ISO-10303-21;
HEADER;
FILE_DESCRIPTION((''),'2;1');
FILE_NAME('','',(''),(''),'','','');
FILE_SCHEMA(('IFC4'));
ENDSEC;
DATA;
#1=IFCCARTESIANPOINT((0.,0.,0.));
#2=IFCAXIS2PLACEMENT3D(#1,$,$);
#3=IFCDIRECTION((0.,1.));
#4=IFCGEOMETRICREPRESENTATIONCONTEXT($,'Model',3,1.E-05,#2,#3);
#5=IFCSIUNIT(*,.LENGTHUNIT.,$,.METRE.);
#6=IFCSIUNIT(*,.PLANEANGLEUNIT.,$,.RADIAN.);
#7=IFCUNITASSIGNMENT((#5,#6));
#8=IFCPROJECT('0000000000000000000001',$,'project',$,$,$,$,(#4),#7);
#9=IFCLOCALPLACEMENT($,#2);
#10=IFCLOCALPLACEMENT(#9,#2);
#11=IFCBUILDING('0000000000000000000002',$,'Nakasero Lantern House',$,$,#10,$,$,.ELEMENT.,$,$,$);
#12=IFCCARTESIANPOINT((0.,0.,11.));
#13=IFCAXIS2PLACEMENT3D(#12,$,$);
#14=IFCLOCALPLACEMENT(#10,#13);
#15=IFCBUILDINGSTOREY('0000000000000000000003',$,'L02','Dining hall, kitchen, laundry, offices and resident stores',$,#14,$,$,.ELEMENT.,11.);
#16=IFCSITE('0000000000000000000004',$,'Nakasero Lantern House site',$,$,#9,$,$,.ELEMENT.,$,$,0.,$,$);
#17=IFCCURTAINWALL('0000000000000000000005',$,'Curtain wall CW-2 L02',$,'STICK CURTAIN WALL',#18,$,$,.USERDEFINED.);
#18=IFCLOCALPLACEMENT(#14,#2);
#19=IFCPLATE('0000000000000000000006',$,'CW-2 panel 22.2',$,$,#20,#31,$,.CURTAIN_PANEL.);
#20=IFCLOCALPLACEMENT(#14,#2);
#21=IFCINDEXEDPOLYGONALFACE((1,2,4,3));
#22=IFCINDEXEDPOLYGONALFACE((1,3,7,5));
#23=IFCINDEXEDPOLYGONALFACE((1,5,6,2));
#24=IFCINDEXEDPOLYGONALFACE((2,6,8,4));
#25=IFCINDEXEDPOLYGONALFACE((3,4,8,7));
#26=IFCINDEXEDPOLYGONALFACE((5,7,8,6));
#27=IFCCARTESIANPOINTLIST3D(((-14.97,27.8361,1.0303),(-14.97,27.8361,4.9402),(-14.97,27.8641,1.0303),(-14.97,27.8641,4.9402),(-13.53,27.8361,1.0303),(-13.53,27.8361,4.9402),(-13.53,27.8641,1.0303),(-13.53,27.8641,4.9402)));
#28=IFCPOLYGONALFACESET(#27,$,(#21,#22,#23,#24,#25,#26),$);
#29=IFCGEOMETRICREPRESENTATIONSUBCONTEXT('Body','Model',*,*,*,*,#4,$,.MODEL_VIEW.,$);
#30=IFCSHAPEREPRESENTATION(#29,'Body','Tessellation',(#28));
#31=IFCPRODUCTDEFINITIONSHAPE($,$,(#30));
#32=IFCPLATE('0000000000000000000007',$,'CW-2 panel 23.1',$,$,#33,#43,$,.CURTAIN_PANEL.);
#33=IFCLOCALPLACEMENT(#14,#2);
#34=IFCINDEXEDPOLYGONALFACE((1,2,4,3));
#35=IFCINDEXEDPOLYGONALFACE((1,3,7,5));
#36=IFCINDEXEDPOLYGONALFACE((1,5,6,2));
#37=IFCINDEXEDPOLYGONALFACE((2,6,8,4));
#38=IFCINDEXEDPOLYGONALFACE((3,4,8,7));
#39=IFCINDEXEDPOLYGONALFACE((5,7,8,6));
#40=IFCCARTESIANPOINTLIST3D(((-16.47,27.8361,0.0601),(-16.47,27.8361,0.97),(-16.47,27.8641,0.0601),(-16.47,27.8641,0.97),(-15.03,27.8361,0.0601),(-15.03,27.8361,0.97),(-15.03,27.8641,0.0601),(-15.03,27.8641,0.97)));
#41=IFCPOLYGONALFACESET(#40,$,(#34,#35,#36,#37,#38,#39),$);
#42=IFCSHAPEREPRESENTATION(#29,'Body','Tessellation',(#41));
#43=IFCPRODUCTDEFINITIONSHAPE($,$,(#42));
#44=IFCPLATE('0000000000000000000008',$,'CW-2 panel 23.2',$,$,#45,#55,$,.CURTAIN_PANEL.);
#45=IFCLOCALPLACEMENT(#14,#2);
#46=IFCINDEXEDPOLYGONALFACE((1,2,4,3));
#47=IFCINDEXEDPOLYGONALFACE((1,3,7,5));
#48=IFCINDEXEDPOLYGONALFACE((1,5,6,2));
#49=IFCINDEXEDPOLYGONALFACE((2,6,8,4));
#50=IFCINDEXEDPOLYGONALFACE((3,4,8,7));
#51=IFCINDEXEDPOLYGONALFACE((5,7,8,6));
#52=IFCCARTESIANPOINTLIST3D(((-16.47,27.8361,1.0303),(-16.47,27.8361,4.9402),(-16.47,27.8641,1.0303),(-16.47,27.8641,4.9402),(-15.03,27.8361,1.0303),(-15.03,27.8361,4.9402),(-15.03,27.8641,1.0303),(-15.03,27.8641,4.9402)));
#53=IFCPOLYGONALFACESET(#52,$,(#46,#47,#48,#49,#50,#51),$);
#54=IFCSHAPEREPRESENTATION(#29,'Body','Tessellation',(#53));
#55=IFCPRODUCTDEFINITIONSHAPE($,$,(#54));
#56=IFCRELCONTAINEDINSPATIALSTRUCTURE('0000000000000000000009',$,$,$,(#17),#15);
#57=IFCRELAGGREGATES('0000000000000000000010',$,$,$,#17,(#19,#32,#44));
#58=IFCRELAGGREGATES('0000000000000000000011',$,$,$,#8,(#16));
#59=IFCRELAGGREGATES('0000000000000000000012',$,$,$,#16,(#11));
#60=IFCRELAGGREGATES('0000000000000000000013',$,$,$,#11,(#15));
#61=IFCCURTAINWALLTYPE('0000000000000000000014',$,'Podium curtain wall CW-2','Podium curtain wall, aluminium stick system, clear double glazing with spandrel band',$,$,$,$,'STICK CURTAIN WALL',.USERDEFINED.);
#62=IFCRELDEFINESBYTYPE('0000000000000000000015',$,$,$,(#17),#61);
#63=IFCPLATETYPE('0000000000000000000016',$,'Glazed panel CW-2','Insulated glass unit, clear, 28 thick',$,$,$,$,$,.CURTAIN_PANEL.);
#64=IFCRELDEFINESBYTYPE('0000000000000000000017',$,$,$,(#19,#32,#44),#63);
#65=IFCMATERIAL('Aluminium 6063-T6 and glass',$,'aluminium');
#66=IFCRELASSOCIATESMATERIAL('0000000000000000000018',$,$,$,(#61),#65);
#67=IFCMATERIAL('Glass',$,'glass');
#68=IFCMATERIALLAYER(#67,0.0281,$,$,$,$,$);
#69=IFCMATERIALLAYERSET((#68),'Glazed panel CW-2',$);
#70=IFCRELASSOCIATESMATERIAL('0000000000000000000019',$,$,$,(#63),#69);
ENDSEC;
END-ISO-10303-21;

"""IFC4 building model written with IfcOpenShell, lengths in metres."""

from ifc_helpers import new_model, si_unit, direction, frame, origin, origin_2d, place, context, subcontext, project, spatial, rectangle, extrude, material, layer, layer_set, type_object, element, aggregate, save


model = new_model("IFC4")

# Units and contexts
model_context = context("Model", 3, precision=1e-05, world=origin(), true_north=direction((0.0, 1.0)))
body_context = subcontext(model_context, "Body", "Model", "MODEL_VIEW")
ifc_project = project(units=[si_unit("LENGTHUNIT", "METRE"), si_unit("PLANEANGLEUNIT", "RADIAN")], contexts=[model_context])

# Site, building, storey
site_placement = place(None, origin())
site = spatial("IfcSite", under=ifc_project, at=site_placement, Name="Nakasero Lantern House site", CompositionType="ELEMENT", RefElevation=0.0)
building_placement = place(site_placement, origin())
building = spatial("IfcBuilding", under=site, at=building_placement, Name="Nakasero Lantern House", CompositionType="ELEMENT")
storey_placement = place(building_placement, frame((0.0, 0.0, 11.0)))
storey = spatial("IfcBuildingStorey", under=building, at=storey_placement, Name="L02", Description="Dining hall, kitchen, laundry, offices and resident stores", CompositionType="ELEMENT", Elevation=11.0)

# Curtain wall, plates
ifc_material_1 = material(Name="Aluminium 6063-T6 and glass", Category="aluminium")
curtain_wall_type = type_object("IfcCurtainWallType", Name="Podium curtain wall CW-2", Description="Podium curtain wall, aluminium stick system, clear double glazing with spandrel band", ElementType="STICK CURTAIN WALL", PredefinedType="USERDEFINED", material=ifc_material_1)
curtain_wall_placement = place(storey_placement, origin())
curtain_wall = element("IfcCurtainWall", 1, at=curtain_wall_placement, inside=storey, type_object=curtain_wall_type, Name="Curtain wall CW-2 L02", ObjectType="STICK CURTAIN WALL", PredefinedType="USERDEFINED")
ifc_material_2 = material(Name="Glass", Category="glass")
ifc_layer = layer(ifc_material_2, 0.0281)
ifc_layer_set = layer_set([ifc_layer], Name="Glazed panel CW-2")
plate_type = type_object("IfcPlateType", Name="Glazed panel CW-2", Description="Insulated glass unit, clear, 28 thick", PredefinedType="CURTAIN_PANEL", material=ifc_layer_set)
plate_1_placement = place(storey_placement, frame((-14.25, 27.8501, 1.0303), z_axis=(0.0, 0.0, 1.0), x_axis=(-1.0, 0.0, 0.0)))
plate_1 = element("IfcPlate", 2, at=plate_1_placement, type_object=plate_type, Name="CW-2 panel 22.2", PredefinedType="CURTAIN_PANEL", context=body_context, shape_type="SweptSolid", body=[
    extrude(rectangle(XDim=1.4399, YDim=0.0281, at=origin_2d()), origin(), (0.0, 0.0, 1.0), 3.9099),
])
plate_2_placement = place(storey_placement, frame((-15.75, 27.8501, 0.0601), z_axis=(0.0, 0.0, 1.0), x_axis=(-1.0, 0.0, 0.0)))
plate_2 = element("IfcPlate", 3, at=plate_2_placement, type_object=plate_type, Name="CW-2 panel 23.1", PredefinedType="CURTAIN_PANEL", context=body_context, shape_type="SweptSolid", body=[
    extrude(rectangle(XDim=1.4399, YDim=0.0281, at=origin_2d()), origin(), (0.0, 0.0, 1.0), 0.9099),
])
plate_3_placement = place(storey_placement, frame((-15.75, 27.8501, 1.0303), z_axis=(0.0, 0.0, 1.0), x_axis=(-1.0, 0.0, 0.0)))
plate_3 = element("IfcPlate", 4, at=plate_3_placement, type_object=plate_type, Name="CW-2 panel 23.2", PredefinedType="CURTAIN_PANEL", context=body_context, shape_type="SweptSolid", body=[
    extrude(rectangle(XDim=1.4399, YDim=0.0281, at=origin_2d()), origin(), (0.0, 0.0, 1.0), 3.9099),
])
aggregate(curtain_wall, [plate_1, plate_2, plate_3])

save(model, "model.ifc")
